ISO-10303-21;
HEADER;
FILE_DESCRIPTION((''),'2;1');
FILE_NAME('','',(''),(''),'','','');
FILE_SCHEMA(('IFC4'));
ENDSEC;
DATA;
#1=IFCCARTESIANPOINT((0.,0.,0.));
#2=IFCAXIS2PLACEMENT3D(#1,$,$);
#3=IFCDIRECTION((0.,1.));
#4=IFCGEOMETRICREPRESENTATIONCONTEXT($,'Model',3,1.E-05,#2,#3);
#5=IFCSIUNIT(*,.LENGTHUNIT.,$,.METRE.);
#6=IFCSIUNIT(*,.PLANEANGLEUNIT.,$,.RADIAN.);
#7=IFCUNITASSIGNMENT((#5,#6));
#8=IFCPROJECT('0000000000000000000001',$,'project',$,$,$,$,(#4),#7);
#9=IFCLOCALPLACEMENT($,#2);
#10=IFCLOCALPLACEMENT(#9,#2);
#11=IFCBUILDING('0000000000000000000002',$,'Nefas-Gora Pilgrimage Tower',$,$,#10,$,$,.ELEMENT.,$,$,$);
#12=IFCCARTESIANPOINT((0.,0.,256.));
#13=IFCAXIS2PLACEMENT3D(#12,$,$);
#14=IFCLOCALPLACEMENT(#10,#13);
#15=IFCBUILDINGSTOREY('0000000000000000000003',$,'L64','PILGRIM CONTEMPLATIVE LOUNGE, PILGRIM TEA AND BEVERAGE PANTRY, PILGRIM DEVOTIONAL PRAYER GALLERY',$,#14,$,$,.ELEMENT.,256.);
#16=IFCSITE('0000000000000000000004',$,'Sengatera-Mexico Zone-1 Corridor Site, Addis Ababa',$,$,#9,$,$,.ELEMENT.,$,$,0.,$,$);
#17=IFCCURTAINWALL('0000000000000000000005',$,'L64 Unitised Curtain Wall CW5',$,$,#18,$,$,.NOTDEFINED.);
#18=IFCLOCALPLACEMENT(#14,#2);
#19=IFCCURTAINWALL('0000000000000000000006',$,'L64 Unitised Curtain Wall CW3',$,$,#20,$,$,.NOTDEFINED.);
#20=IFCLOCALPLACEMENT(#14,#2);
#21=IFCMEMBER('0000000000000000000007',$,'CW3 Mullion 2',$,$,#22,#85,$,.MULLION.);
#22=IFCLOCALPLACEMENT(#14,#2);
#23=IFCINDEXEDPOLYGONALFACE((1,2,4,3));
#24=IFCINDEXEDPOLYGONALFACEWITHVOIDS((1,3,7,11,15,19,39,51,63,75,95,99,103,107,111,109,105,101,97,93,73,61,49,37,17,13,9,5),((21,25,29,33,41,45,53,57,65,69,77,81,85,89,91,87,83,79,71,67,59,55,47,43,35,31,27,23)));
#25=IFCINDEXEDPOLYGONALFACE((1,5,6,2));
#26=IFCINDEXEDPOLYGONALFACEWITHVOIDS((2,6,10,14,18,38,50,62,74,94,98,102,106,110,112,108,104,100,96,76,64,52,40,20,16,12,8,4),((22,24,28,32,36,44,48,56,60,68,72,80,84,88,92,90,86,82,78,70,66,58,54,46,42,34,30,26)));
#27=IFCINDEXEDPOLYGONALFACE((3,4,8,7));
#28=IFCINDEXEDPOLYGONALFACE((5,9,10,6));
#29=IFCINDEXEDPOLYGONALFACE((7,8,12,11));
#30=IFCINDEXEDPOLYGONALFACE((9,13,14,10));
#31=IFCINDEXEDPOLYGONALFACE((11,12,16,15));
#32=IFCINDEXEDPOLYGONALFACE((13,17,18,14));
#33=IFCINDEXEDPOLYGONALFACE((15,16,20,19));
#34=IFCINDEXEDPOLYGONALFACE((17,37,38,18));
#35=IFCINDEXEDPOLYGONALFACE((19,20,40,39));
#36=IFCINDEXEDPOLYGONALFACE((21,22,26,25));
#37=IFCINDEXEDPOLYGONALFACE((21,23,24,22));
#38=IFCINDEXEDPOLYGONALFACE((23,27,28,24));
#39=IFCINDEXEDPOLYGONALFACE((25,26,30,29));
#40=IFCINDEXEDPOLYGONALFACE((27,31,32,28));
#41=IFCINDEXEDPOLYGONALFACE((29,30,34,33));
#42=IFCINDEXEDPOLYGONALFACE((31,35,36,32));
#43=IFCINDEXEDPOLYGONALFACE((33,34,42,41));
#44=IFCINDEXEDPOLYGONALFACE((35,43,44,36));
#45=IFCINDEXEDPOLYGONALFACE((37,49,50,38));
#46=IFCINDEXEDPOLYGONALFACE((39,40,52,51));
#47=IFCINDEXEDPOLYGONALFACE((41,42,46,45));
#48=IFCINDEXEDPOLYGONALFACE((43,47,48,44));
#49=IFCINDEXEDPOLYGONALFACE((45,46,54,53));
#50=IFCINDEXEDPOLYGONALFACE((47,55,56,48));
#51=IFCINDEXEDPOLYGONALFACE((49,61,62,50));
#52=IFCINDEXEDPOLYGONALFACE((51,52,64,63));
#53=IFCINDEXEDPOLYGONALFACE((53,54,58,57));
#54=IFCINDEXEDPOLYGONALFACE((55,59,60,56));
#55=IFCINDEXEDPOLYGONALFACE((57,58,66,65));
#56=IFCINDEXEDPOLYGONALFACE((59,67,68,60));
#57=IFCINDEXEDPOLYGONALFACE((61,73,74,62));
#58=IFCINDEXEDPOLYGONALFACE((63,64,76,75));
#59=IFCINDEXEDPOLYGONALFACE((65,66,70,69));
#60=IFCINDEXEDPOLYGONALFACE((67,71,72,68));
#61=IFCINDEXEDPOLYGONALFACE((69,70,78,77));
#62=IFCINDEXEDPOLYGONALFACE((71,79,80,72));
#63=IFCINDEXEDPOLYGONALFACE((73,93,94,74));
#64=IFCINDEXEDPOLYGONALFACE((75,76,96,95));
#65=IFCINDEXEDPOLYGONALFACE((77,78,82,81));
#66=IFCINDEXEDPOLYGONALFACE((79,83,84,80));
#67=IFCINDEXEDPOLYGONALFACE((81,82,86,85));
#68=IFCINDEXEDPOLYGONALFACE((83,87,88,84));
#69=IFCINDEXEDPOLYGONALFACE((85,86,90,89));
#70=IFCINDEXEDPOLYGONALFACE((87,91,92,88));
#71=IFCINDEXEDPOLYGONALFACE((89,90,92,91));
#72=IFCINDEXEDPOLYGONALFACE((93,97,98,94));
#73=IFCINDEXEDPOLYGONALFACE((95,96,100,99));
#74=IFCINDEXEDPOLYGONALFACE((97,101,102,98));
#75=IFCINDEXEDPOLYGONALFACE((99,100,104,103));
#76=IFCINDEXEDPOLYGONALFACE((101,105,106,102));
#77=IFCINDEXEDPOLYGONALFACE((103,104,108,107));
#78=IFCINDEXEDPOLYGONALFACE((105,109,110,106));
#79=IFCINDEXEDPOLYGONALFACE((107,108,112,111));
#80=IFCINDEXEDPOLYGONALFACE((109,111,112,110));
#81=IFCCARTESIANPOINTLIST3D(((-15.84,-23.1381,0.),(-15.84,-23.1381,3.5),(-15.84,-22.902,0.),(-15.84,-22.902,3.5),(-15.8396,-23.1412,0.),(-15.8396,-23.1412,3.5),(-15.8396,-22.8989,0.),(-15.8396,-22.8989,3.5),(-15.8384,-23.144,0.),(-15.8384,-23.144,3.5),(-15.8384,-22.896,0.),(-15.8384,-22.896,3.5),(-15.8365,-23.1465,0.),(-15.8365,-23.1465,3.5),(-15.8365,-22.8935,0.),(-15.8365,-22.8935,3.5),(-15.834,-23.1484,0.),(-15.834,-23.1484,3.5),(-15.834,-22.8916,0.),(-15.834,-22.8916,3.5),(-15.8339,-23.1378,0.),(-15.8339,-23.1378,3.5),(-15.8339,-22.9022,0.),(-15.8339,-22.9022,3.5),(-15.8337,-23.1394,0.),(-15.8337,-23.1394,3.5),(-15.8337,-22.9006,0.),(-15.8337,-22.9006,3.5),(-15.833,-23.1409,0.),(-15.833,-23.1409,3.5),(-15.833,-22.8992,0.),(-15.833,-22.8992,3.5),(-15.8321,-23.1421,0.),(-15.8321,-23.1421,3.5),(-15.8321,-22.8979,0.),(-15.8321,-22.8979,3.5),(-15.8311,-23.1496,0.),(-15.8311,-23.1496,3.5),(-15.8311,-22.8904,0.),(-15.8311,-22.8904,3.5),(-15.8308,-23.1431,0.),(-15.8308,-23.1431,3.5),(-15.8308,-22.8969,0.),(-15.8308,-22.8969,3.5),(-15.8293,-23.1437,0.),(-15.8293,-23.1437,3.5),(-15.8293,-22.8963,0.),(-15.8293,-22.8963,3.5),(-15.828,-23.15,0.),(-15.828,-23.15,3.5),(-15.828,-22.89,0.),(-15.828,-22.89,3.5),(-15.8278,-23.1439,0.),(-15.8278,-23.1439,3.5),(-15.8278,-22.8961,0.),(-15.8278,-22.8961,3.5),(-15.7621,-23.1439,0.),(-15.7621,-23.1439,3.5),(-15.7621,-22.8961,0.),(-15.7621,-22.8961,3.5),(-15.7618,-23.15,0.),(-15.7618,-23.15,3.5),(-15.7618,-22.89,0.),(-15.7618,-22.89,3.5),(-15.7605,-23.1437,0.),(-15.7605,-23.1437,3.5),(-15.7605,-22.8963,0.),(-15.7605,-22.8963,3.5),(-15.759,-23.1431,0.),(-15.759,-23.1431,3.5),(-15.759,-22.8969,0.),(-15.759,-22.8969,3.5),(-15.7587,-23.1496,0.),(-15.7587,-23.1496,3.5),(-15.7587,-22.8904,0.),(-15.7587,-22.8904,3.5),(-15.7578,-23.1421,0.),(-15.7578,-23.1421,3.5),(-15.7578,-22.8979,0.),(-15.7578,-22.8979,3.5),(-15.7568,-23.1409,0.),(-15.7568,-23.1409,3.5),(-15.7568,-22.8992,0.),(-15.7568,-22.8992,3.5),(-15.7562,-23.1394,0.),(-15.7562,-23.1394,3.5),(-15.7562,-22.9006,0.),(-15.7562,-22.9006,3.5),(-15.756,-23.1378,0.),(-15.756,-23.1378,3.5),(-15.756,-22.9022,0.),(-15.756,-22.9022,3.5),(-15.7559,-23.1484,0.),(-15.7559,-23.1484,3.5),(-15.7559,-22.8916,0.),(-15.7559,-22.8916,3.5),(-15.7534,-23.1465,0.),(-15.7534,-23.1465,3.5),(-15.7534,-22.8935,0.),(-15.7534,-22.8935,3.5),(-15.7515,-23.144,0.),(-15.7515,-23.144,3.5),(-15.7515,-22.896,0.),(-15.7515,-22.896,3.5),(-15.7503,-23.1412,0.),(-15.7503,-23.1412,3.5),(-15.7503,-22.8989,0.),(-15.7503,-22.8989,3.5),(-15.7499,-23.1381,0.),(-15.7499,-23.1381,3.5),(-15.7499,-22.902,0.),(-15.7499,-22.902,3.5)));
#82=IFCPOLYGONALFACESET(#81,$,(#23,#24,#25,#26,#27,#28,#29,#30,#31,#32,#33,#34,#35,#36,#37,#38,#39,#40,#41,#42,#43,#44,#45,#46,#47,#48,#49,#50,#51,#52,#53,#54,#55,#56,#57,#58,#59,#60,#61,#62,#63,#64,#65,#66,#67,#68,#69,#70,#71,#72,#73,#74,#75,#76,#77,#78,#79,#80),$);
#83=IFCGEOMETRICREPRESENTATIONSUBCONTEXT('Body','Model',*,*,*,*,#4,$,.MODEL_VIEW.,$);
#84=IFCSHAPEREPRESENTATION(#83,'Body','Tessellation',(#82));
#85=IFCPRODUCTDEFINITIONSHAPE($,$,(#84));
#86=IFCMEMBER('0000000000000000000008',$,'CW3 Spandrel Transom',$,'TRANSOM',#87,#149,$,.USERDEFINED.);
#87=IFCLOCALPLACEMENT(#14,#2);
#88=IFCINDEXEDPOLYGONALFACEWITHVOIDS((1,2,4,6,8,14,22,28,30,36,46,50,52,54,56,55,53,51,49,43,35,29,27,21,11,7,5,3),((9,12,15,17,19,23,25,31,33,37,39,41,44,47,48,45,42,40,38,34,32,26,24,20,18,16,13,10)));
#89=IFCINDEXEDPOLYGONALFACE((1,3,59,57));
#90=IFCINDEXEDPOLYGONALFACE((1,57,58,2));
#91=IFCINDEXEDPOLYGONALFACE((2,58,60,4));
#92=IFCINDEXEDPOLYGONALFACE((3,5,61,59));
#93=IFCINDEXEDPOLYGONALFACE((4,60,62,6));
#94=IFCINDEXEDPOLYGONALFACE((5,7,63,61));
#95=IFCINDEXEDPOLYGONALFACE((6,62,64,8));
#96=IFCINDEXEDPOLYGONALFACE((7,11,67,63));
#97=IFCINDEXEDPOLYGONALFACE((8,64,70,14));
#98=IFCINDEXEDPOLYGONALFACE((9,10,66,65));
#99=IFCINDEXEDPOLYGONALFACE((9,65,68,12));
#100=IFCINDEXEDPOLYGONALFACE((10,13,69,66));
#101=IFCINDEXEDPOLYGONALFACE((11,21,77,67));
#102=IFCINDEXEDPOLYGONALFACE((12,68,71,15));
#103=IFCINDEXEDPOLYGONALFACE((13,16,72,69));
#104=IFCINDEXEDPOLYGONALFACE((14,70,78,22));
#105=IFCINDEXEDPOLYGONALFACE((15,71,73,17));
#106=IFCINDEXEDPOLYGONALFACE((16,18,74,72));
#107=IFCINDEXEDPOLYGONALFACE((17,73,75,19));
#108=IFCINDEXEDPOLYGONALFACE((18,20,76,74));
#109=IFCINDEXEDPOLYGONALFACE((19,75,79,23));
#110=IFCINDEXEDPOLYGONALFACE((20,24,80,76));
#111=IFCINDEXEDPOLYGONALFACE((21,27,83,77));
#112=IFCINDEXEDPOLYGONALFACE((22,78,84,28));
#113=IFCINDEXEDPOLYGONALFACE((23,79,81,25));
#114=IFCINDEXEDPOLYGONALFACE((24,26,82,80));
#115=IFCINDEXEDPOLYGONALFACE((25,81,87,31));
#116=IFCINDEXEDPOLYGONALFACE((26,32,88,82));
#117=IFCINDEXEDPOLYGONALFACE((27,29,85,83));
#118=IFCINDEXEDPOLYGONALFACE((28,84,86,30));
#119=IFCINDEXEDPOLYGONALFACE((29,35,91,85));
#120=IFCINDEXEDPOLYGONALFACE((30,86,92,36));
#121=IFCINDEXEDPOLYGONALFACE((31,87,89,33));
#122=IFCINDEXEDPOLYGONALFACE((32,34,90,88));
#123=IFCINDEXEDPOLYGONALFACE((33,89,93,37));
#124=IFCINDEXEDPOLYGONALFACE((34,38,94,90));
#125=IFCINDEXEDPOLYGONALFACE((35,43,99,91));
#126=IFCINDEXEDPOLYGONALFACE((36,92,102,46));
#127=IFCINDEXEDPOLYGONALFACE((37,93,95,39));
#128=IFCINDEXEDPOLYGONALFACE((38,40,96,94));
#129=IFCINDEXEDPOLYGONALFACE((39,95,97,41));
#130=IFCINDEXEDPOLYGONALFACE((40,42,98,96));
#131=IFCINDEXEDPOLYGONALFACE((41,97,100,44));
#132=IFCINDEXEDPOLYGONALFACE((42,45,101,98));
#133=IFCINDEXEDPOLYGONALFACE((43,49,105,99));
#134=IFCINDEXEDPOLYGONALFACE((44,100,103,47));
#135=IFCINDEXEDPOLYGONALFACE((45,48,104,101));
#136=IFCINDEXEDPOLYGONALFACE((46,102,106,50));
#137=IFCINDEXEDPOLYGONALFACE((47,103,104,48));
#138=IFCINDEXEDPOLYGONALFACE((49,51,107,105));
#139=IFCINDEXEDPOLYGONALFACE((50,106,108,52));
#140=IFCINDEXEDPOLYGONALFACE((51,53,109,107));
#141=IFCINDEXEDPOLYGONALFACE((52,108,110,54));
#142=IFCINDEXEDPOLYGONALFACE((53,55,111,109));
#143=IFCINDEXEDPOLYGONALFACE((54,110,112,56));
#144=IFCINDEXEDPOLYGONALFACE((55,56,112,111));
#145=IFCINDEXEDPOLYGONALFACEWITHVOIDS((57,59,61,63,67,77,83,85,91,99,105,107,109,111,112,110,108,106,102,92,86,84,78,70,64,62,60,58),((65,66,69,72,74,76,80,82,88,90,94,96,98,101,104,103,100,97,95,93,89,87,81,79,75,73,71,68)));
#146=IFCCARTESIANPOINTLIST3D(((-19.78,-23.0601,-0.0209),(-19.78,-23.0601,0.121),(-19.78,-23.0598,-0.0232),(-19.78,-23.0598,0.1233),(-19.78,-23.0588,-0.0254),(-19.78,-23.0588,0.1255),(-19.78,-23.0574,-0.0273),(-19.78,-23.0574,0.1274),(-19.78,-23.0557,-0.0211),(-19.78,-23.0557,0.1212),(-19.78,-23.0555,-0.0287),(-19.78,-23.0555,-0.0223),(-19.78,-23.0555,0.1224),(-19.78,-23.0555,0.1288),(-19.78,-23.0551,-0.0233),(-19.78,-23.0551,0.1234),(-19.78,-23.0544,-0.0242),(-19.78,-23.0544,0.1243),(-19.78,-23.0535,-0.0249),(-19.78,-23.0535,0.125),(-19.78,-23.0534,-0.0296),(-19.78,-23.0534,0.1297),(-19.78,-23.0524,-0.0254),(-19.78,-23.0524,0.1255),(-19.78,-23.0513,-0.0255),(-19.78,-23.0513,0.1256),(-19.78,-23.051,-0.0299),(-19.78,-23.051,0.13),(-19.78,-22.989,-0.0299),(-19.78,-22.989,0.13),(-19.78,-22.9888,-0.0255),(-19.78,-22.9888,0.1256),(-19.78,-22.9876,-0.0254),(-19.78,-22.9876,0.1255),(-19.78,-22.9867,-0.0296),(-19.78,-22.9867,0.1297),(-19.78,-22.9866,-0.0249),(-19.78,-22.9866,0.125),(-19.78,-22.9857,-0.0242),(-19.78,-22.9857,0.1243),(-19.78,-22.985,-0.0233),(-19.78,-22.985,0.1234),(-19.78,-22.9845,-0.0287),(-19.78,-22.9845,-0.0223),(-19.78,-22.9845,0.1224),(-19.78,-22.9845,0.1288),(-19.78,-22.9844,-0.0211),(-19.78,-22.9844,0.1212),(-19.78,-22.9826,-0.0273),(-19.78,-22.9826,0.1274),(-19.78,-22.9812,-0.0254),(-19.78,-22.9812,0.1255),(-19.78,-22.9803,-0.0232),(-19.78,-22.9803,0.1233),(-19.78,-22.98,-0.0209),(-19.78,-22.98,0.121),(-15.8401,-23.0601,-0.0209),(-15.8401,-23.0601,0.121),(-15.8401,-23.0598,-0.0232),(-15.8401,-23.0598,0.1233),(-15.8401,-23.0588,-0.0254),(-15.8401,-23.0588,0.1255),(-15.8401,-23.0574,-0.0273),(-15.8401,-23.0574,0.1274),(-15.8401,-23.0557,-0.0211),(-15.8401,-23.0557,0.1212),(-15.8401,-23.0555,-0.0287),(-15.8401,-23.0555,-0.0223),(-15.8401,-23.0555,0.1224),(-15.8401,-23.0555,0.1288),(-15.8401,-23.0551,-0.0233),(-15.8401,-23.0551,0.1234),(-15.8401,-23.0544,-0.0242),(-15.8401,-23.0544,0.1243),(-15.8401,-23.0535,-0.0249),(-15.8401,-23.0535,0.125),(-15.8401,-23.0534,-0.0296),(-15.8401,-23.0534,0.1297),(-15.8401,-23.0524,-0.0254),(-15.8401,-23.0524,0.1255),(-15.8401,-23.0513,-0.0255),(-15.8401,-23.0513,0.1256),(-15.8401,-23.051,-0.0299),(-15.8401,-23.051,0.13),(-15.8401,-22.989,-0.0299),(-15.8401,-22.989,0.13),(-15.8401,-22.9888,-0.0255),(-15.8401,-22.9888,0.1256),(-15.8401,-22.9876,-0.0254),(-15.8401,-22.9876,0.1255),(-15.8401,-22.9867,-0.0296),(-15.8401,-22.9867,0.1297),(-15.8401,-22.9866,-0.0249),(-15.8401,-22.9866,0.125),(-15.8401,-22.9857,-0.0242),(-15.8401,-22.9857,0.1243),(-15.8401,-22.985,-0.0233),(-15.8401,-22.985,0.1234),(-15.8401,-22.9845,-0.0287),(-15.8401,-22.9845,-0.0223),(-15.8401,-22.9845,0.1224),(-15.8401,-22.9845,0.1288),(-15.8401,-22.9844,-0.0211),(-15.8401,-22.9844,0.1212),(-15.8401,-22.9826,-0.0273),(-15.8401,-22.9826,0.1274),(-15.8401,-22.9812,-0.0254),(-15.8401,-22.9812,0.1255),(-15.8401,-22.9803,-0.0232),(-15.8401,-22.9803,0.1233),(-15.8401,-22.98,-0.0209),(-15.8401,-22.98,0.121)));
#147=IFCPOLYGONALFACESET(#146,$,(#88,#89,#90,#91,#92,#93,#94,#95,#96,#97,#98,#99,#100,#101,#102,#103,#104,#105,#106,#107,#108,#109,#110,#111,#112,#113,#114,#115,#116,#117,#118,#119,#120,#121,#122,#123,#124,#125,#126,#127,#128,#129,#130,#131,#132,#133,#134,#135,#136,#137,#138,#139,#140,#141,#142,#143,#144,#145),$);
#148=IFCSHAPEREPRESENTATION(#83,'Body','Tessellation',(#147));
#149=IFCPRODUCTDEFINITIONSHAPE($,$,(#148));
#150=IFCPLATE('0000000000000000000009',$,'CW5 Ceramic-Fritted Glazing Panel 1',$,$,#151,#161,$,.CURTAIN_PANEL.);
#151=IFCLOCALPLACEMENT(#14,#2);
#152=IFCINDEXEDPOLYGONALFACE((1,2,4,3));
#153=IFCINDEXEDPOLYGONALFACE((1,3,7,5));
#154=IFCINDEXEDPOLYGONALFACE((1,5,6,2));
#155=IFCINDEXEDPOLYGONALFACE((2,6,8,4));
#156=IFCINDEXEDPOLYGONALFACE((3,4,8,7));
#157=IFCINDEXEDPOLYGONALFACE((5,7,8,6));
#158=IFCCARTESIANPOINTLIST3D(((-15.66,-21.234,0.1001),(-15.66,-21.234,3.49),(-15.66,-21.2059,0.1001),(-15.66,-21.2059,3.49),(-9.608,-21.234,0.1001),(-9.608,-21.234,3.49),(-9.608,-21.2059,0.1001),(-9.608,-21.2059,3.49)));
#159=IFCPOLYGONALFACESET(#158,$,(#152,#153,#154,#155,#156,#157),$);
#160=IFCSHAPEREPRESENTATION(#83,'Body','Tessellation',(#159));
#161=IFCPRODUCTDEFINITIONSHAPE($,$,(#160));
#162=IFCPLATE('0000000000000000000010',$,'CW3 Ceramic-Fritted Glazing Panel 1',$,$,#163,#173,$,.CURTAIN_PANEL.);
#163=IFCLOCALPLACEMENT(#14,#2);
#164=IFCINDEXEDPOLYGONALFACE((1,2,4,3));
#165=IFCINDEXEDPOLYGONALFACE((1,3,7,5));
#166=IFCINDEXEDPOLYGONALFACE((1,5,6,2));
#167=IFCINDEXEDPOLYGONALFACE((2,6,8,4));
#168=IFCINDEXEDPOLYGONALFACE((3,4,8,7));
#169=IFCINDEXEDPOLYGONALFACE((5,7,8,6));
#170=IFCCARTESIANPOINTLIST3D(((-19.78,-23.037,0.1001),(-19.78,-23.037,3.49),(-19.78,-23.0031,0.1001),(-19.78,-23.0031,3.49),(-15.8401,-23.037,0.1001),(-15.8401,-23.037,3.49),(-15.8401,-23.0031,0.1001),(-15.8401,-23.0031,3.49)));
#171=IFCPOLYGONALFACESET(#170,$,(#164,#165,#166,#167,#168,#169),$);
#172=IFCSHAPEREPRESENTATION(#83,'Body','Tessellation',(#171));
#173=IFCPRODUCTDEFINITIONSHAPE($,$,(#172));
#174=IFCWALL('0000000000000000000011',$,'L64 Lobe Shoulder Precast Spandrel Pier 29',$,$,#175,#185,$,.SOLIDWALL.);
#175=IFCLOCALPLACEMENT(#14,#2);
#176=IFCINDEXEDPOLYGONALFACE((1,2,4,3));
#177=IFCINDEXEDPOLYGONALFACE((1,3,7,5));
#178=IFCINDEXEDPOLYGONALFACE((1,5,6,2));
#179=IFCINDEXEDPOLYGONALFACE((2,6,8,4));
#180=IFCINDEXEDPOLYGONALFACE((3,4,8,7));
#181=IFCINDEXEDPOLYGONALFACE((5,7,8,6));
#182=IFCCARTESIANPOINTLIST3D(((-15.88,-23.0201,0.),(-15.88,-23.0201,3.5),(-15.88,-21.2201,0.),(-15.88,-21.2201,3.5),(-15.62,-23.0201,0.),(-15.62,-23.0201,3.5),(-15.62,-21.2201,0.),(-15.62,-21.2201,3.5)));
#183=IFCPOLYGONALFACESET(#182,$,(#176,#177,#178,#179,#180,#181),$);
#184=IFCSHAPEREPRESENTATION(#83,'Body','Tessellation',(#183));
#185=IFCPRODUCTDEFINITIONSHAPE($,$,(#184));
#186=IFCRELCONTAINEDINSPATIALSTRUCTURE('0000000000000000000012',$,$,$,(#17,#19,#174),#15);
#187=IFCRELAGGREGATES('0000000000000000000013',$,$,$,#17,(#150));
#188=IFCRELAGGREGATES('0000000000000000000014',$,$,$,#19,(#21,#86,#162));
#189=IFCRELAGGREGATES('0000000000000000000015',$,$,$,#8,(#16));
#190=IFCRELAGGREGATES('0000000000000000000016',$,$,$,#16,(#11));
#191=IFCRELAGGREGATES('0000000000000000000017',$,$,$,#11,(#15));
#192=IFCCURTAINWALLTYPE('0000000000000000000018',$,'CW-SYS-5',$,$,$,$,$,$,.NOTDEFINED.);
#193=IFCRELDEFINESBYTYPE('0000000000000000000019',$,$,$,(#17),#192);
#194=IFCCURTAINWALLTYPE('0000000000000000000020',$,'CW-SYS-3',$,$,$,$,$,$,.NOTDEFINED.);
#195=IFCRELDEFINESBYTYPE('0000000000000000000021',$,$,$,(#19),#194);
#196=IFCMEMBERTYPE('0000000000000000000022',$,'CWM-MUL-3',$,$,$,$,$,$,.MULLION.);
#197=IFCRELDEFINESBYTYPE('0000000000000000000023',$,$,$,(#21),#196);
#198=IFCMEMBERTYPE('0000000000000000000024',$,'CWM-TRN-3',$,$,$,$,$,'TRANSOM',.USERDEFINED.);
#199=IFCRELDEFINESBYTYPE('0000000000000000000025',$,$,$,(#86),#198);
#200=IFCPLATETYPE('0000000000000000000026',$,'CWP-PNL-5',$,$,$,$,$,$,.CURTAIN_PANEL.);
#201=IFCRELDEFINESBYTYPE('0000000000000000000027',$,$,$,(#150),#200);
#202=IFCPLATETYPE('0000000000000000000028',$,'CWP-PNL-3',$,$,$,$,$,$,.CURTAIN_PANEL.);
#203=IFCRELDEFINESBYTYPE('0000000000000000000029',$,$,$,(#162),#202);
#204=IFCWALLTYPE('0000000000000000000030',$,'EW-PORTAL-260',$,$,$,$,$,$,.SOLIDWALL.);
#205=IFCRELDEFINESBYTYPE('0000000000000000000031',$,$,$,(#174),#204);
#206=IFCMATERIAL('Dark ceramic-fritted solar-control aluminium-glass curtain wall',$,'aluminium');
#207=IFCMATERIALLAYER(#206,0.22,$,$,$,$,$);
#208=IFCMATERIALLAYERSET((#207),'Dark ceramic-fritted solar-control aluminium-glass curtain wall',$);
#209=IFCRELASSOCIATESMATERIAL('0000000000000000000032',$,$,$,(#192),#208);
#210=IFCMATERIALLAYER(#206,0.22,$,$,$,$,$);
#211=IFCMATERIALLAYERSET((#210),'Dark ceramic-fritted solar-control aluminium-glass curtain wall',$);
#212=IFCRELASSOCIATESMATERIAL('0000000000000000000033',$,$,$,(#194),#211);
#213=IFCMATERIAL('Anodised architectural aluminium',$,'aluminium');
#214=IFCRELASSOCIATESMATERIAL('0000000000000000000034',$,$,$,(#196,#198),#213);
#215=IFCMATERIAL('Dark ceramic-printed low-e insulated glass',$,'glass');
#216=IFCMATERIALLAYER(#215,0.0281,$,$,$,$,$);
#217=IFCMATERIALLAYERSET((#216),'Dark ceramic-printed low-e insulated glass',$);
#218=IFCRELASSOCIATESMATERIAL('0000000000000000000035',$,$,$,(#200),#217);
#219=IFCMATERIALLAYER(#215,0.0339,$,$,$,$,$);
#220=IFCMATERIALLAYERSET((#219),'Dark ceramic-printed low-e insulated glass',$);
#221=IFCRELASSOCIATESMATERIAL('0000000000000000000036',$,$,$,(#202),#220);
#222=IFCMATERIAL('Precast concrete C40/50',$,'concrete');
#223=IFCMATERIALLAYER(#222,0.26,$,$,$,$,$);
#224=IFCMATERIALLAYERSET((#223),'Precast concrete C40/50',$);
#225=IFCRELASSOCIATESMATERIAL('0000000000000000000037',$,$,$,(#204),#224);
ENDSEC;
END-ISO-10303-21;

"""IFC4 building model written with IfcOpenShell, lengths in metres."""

from ifc_helpers import new_model, si_unit, direction, frame, frame_2d, origin, origin_2d, place, context, subcontext, project, spatial, rectangle, hollow_rectangle, extrude, source, transform, mapped, material, layer, layer_set, material_profile, profile_set, type_object, element, aggregate, save


model = new_model("IFC4")

# Units and contexts
model_context = context("Model", 3, precision=1e-05, world=origin(), true_north=direction((0.0, 1.0)))
body_context = subcontext(model_context, "Body", "Model", "MODEL_VIEW")
ifc_project = project(units=[si_unit("LENGTHUNIT", "METRE"), si_unit("PLANEANGLEUNIT", "RADIAN")], contexts=[model_context])

# Site, building, storey
site_placement = place(None, origin())
site = spatial("IfcSite", under=ifc_project, at=site_placement, Name="Sengatera-Mexico Zone-1 Corridor Site, Addis Ababa", CompositionType="ELEMENT", RefElevation=0.0)
building_placement = place(site_placement, origin())
building = spatial("IfcBuilding", under=site, at=building_placement, Name="Nefas-Gora Pilgrimage Tower", CompositionType="ELEMENT")
storey_placement = place(building_placement, frame((0.0, 0.0, 256.0)))
storey = spatial("IfcBuildingStorey", under=building, at=storey_placement, Name="L64", Description="PILGRIM CONTEMPLATIVE LOUNGE, PILGRIM TEA AND BEVERAGE PANTRY, PILGRIM DEVOTIONAL PRAYER GALLERY", CompositionType="ELEMENT", Elevation=256.0)

# Curtain wall
ifc_material_1 = material(Name="Dark ceramic-fritted solar-control aluminium-glass curtain wall", Category="aluminium")
ifc_layer_1 = layer(ifc_material_1, 0.22)
ifc_layer_set_1 = layer_set([ifc_layer_1], Name="Dark ceramic-fritted solar-control aluminium-glass curtain wall")
curtain_wall_type_1 = type_object("IfcCurtainWallType", Name="CW-SYS-5", PredefinedType="NOTDEFINED", material=ifc_layer_set_1)
curtain_wall_1_placement = place(storey_placement, origin())
curtain_wall_1 = element("IfcCurtainWall", 1, at=curtain_wall_1_placement, inside=storey, type_object=curtain_wall_type_1, Name="L64 Unitised Curtain Wall CW5", PredefinedType="NOTDEFINED")
ifc_material_2 = material(Name="Anodised architectural aluminium", Category="aluminium")

# Shared definitions
ifc_layer_2 = layer(ifc_material_1, 0.22)
ifc_layer_set_2 = layer_set([ifc_layer_2], Name="Dark ceramic-fritted solar-control aluminium-glass curtain wall")
curtain_wall_type_2 = type_object("IfcCurtainWallType", Name="CW-SYS-3", PredefinedType="NOTDEFINED", material=ifc_layer_set_2)
ifc_material_profile_1 = material_profile(ifc_material_2, hollow_rectangle(XDim=0.0901, YDim=0.26, WallThickness=0.0061, InnerFilletRadius=0.0061, OuterFilletRadius=0.012, at=origin_2d()), Name="ALU MULLION 90x260")
ifc_profile_set_1 = profile_set([ifc_material_profile_1], Name="Anodised architectural aluminium")
member_type_1 = type_object("IfcMemberType", Name="CWM-MUL-3", PredefinedType="MULLION", material=ifc_profile_set_1)
shared_shape_1 = source(origin(), body_context, "Body", "SweptSolid", [
    extrude(hollow_rectangle(XDim=0.0901, YDim=0.26, WallThickness=0.0061, InnerFilletRadius=0.0061, OuterFilletRadius=0.012, at=origin_2d()), origin(), (0.0, 0.0, 1.0), 3.5),
])

# Curtain wall, members
curtain_wall_2_placement = place(storey_placement, origin())
curtain_wall_2 = element("IfcCurtainWall", 2, at=curtain_wall_2_placement, inside=storey, type_object=curtain_wall_type_2, Name="L64 Unitised Curtain Wall CW3", PredefinedType="NOTDEFINED")
member_1_placement = place(storey_placement, frame((-15.7949, -23.02, 0.0), z_axis=(0.0, 0.0, 1.0), x_axis=(1.0, 0.0, 0.0)))
member_1 = element("IfcMember", 3, at=member_1_placement, type_object=member_type_1, Name="CW3 Mullion 2", PredefinedType="MULLION", context=body_context, shape_type="MappedRepresentation", body=[
    mapped(shared_shape_1, transform((0.0, 0.0, 0.0), x_axis=(1.0, 0.0, 0.0), y_axis=(0.0, 1.0, 0.0), z_axis=(0.0, 0.0, 1.0), scale=1.0)),
])
ifc_material_profile_2 = material_profile(ifc_material_2, hollow_rectangle(XDim=0.0801, YDim=0.1599, WallThickness=0.0044, InnerFilletRadius=0.0044, OuterFilletRadius=0.009, at=origin_2d()), Name="ALU TRANSOM 80x160")
ifc_profile_set_2 = profile_set([ifc_material_profile_2], Name="Anodised architectural aluminium")
member_type_2 = type_object("IfcMemberType", Name="CWM-TRN-3", ElementType="TRANSOM", PredefinedType="USERDEFINED", material=ifc_profile_set_2)
shared_shape_2 = source(origin(), body_context, "Body", "SweptSolid", [
    extrude(hollow_rectangle(XDim=0.0801, YDim=0.1599, WallThickness=0.0044, InnerFilletRadius=0.0044, OuterFilletRadius=0.009, at=origin_2d()), origin(), (0.0, 0.0, 1.0), 3.9399),
])
member_2_placement = place(storey_placement, frame((-19.78, -23.02, 0.05), z_axis=(1.0, 0.0, 0.0), x_axis=(0.0, 1.0, 0.0)))
member_2 = element("IfcMember", 4, at=member_2_placement, type_object=member_type_2, Name="CW3 Spandrel Transom", ObjectType="TRANSOM", PredefinedType="USERDEFINED", context=body_context, shape_type="MappedRepresentation", body=[
    mapped(shared_shape_2, transform((0.0, 0.0, 0.0), x_axis=(1.0, 0.0, 0.0), y_axis=(0.0, 1.0, 0.0), z_axis=(0.0, 0.0, 1.0), scale=1.0)),
])

# Plates
ifc_material_3 = material(Name="Dark ceramic-printed low-e insulated glass", Category="glass")
ifc_layer_3 = layer(ifc_material_3, 0.0281)
ifc_layer_set_3 = layer_set([ifc_layer_3], Name="Dark ceramic-printed low-e insulated glass")
plate_type_1 = type_object("IfcPlateType", Name="CWP-PNL-5", PredefinedType="CURTAIN_PANEL", material=ifc_layer_set_3)
shared_shape_3 = source(origin(), body_context, "Body", "SweptSolid", [
    extrude(rectangle(XDim=6.052, YDim=0.0281, at=origin_2d()), origin(), (0.0, 0.0, 1.0), 3.3899),
])
plate_1_placement = place(storey_placement, frame((-12.634, -21.22, 0.1001), z_axis=(0.0, 0.0, 1.0), x_axis=(1.0, 0.0, 0.0)))
plate_1 = element("IfcPlate", 5, at=plate_1_placement, type_object=plate_type_1, Name="CW5 Ceramic-Fritted Glazing Panel 1", PredefinedType="CURTAIN_PANEL", context=body_context, shape_type="MappedRepresentation", body=[
    mapped(shared_shape_3, transform((0.0, 0.0, 0.0), x_axis=(1.0, 0.0, 0.0), y_axis=(0.0, 1.0, 0.0), z_axis=(0.0, 0.0, 1.0), scale=1.0)),
])
aggregate(curtain_wall_1, [plate_1])
ifc_layer_4 = layer(ifc_material_3, 0.0339)
ifc_layer_set_4 = layer_set([ifc_layer_4], Name="Dark ceramic-printed low-e insulated glass")
plate_type_2 = type_object("IfcPlateType", Name="CWP-PNL-3", PredefinedType="CURTAIN_PANEL", material=ifc_layer_set_4)
shared_shape_4 = source(origin(), body_context, "Body", "SweptSolid", [
    extrude(rectangle(XDim=3.9399, YDim=0.0339, at=origin_2d()), origin(), (0.0, 0.0, 1.0), 3.3899),
])
plate_2_placement = place(storey_placement, frame((-17.8101, -23.02, 0.1001), z_axis=(0.0, 0.0, 1.0), x_axis=(1.0, 0.0, 0.0)))
plate_2 = element("IfcPlate", 6, at=plate_2_placement, type_object=plate_type_2, Name="CW3 Ceramic-Fritted Glazing Panel 1", PredefinedType="CURTAIN_PANEL", context=body_context, shape_type="MappedRepresentation", body=[
    mapped(shared_shape_4, transform((0.0, 0.0, 0.0), x_axis=(1.0, 0.0, 0.0), y_axis=(0.0, 1.0, 0.0), z_axis=(0.0, 0.0, 1.0), scale=1.0)),
])
aggregate(curtain_wall_2, [member_1, member_2, plate_2])

# Wall
ifc_material_4 = material(Name="Precast concrete C40/50", Category="concrete")
ifc_layer_5 = layer(ifc_material_4, 0.26)
ifc_layer_set_5 = layer_set([ifc_layer_5], Name="Precast concrete C40/50")
wall_type_1 = type_object("IfcWallType", Name="EW-PORTAL-260", PredefinedType="SOLIDWALL", material=ifc_layer_set_5)
shared_shape_5 = source(origin(), body_context, "Body", "SweptSolid", [
    extrude(rectangle(XDim=1.8, YDim=0.26, at=frame_2d((0.8999, 0.0))), origin(), (0.0, 0.0, 1.0), 3.5),
])
wall_1_placement = place(storey_placement, frame((-15.75, -23.02, 0.0), z_axis=(0.0, 0.0, 1.0), x_axis=(0.0, 1.0, 0.0)))
element("IfcWall", 7, at=wall_1_placement, inside=storey, type_object=wall_type_1, Name="L64 Lobe Shoulder Precast Spandrel Pier 29", PredefinedType="SOLIDWALL", context=body_context, shape_type="MappedRepresentation", body=[
    mapped(shared_shape_5, transform((0.0, 0.0, 0.0), x_axis=(1.0, 0.0, 0.0), y_axis=(0.0, 1.0, 0.0), z_axis=(0.0, 0.0, 1.0), scale=1.0)),
])

save(model, "model.ifc")
